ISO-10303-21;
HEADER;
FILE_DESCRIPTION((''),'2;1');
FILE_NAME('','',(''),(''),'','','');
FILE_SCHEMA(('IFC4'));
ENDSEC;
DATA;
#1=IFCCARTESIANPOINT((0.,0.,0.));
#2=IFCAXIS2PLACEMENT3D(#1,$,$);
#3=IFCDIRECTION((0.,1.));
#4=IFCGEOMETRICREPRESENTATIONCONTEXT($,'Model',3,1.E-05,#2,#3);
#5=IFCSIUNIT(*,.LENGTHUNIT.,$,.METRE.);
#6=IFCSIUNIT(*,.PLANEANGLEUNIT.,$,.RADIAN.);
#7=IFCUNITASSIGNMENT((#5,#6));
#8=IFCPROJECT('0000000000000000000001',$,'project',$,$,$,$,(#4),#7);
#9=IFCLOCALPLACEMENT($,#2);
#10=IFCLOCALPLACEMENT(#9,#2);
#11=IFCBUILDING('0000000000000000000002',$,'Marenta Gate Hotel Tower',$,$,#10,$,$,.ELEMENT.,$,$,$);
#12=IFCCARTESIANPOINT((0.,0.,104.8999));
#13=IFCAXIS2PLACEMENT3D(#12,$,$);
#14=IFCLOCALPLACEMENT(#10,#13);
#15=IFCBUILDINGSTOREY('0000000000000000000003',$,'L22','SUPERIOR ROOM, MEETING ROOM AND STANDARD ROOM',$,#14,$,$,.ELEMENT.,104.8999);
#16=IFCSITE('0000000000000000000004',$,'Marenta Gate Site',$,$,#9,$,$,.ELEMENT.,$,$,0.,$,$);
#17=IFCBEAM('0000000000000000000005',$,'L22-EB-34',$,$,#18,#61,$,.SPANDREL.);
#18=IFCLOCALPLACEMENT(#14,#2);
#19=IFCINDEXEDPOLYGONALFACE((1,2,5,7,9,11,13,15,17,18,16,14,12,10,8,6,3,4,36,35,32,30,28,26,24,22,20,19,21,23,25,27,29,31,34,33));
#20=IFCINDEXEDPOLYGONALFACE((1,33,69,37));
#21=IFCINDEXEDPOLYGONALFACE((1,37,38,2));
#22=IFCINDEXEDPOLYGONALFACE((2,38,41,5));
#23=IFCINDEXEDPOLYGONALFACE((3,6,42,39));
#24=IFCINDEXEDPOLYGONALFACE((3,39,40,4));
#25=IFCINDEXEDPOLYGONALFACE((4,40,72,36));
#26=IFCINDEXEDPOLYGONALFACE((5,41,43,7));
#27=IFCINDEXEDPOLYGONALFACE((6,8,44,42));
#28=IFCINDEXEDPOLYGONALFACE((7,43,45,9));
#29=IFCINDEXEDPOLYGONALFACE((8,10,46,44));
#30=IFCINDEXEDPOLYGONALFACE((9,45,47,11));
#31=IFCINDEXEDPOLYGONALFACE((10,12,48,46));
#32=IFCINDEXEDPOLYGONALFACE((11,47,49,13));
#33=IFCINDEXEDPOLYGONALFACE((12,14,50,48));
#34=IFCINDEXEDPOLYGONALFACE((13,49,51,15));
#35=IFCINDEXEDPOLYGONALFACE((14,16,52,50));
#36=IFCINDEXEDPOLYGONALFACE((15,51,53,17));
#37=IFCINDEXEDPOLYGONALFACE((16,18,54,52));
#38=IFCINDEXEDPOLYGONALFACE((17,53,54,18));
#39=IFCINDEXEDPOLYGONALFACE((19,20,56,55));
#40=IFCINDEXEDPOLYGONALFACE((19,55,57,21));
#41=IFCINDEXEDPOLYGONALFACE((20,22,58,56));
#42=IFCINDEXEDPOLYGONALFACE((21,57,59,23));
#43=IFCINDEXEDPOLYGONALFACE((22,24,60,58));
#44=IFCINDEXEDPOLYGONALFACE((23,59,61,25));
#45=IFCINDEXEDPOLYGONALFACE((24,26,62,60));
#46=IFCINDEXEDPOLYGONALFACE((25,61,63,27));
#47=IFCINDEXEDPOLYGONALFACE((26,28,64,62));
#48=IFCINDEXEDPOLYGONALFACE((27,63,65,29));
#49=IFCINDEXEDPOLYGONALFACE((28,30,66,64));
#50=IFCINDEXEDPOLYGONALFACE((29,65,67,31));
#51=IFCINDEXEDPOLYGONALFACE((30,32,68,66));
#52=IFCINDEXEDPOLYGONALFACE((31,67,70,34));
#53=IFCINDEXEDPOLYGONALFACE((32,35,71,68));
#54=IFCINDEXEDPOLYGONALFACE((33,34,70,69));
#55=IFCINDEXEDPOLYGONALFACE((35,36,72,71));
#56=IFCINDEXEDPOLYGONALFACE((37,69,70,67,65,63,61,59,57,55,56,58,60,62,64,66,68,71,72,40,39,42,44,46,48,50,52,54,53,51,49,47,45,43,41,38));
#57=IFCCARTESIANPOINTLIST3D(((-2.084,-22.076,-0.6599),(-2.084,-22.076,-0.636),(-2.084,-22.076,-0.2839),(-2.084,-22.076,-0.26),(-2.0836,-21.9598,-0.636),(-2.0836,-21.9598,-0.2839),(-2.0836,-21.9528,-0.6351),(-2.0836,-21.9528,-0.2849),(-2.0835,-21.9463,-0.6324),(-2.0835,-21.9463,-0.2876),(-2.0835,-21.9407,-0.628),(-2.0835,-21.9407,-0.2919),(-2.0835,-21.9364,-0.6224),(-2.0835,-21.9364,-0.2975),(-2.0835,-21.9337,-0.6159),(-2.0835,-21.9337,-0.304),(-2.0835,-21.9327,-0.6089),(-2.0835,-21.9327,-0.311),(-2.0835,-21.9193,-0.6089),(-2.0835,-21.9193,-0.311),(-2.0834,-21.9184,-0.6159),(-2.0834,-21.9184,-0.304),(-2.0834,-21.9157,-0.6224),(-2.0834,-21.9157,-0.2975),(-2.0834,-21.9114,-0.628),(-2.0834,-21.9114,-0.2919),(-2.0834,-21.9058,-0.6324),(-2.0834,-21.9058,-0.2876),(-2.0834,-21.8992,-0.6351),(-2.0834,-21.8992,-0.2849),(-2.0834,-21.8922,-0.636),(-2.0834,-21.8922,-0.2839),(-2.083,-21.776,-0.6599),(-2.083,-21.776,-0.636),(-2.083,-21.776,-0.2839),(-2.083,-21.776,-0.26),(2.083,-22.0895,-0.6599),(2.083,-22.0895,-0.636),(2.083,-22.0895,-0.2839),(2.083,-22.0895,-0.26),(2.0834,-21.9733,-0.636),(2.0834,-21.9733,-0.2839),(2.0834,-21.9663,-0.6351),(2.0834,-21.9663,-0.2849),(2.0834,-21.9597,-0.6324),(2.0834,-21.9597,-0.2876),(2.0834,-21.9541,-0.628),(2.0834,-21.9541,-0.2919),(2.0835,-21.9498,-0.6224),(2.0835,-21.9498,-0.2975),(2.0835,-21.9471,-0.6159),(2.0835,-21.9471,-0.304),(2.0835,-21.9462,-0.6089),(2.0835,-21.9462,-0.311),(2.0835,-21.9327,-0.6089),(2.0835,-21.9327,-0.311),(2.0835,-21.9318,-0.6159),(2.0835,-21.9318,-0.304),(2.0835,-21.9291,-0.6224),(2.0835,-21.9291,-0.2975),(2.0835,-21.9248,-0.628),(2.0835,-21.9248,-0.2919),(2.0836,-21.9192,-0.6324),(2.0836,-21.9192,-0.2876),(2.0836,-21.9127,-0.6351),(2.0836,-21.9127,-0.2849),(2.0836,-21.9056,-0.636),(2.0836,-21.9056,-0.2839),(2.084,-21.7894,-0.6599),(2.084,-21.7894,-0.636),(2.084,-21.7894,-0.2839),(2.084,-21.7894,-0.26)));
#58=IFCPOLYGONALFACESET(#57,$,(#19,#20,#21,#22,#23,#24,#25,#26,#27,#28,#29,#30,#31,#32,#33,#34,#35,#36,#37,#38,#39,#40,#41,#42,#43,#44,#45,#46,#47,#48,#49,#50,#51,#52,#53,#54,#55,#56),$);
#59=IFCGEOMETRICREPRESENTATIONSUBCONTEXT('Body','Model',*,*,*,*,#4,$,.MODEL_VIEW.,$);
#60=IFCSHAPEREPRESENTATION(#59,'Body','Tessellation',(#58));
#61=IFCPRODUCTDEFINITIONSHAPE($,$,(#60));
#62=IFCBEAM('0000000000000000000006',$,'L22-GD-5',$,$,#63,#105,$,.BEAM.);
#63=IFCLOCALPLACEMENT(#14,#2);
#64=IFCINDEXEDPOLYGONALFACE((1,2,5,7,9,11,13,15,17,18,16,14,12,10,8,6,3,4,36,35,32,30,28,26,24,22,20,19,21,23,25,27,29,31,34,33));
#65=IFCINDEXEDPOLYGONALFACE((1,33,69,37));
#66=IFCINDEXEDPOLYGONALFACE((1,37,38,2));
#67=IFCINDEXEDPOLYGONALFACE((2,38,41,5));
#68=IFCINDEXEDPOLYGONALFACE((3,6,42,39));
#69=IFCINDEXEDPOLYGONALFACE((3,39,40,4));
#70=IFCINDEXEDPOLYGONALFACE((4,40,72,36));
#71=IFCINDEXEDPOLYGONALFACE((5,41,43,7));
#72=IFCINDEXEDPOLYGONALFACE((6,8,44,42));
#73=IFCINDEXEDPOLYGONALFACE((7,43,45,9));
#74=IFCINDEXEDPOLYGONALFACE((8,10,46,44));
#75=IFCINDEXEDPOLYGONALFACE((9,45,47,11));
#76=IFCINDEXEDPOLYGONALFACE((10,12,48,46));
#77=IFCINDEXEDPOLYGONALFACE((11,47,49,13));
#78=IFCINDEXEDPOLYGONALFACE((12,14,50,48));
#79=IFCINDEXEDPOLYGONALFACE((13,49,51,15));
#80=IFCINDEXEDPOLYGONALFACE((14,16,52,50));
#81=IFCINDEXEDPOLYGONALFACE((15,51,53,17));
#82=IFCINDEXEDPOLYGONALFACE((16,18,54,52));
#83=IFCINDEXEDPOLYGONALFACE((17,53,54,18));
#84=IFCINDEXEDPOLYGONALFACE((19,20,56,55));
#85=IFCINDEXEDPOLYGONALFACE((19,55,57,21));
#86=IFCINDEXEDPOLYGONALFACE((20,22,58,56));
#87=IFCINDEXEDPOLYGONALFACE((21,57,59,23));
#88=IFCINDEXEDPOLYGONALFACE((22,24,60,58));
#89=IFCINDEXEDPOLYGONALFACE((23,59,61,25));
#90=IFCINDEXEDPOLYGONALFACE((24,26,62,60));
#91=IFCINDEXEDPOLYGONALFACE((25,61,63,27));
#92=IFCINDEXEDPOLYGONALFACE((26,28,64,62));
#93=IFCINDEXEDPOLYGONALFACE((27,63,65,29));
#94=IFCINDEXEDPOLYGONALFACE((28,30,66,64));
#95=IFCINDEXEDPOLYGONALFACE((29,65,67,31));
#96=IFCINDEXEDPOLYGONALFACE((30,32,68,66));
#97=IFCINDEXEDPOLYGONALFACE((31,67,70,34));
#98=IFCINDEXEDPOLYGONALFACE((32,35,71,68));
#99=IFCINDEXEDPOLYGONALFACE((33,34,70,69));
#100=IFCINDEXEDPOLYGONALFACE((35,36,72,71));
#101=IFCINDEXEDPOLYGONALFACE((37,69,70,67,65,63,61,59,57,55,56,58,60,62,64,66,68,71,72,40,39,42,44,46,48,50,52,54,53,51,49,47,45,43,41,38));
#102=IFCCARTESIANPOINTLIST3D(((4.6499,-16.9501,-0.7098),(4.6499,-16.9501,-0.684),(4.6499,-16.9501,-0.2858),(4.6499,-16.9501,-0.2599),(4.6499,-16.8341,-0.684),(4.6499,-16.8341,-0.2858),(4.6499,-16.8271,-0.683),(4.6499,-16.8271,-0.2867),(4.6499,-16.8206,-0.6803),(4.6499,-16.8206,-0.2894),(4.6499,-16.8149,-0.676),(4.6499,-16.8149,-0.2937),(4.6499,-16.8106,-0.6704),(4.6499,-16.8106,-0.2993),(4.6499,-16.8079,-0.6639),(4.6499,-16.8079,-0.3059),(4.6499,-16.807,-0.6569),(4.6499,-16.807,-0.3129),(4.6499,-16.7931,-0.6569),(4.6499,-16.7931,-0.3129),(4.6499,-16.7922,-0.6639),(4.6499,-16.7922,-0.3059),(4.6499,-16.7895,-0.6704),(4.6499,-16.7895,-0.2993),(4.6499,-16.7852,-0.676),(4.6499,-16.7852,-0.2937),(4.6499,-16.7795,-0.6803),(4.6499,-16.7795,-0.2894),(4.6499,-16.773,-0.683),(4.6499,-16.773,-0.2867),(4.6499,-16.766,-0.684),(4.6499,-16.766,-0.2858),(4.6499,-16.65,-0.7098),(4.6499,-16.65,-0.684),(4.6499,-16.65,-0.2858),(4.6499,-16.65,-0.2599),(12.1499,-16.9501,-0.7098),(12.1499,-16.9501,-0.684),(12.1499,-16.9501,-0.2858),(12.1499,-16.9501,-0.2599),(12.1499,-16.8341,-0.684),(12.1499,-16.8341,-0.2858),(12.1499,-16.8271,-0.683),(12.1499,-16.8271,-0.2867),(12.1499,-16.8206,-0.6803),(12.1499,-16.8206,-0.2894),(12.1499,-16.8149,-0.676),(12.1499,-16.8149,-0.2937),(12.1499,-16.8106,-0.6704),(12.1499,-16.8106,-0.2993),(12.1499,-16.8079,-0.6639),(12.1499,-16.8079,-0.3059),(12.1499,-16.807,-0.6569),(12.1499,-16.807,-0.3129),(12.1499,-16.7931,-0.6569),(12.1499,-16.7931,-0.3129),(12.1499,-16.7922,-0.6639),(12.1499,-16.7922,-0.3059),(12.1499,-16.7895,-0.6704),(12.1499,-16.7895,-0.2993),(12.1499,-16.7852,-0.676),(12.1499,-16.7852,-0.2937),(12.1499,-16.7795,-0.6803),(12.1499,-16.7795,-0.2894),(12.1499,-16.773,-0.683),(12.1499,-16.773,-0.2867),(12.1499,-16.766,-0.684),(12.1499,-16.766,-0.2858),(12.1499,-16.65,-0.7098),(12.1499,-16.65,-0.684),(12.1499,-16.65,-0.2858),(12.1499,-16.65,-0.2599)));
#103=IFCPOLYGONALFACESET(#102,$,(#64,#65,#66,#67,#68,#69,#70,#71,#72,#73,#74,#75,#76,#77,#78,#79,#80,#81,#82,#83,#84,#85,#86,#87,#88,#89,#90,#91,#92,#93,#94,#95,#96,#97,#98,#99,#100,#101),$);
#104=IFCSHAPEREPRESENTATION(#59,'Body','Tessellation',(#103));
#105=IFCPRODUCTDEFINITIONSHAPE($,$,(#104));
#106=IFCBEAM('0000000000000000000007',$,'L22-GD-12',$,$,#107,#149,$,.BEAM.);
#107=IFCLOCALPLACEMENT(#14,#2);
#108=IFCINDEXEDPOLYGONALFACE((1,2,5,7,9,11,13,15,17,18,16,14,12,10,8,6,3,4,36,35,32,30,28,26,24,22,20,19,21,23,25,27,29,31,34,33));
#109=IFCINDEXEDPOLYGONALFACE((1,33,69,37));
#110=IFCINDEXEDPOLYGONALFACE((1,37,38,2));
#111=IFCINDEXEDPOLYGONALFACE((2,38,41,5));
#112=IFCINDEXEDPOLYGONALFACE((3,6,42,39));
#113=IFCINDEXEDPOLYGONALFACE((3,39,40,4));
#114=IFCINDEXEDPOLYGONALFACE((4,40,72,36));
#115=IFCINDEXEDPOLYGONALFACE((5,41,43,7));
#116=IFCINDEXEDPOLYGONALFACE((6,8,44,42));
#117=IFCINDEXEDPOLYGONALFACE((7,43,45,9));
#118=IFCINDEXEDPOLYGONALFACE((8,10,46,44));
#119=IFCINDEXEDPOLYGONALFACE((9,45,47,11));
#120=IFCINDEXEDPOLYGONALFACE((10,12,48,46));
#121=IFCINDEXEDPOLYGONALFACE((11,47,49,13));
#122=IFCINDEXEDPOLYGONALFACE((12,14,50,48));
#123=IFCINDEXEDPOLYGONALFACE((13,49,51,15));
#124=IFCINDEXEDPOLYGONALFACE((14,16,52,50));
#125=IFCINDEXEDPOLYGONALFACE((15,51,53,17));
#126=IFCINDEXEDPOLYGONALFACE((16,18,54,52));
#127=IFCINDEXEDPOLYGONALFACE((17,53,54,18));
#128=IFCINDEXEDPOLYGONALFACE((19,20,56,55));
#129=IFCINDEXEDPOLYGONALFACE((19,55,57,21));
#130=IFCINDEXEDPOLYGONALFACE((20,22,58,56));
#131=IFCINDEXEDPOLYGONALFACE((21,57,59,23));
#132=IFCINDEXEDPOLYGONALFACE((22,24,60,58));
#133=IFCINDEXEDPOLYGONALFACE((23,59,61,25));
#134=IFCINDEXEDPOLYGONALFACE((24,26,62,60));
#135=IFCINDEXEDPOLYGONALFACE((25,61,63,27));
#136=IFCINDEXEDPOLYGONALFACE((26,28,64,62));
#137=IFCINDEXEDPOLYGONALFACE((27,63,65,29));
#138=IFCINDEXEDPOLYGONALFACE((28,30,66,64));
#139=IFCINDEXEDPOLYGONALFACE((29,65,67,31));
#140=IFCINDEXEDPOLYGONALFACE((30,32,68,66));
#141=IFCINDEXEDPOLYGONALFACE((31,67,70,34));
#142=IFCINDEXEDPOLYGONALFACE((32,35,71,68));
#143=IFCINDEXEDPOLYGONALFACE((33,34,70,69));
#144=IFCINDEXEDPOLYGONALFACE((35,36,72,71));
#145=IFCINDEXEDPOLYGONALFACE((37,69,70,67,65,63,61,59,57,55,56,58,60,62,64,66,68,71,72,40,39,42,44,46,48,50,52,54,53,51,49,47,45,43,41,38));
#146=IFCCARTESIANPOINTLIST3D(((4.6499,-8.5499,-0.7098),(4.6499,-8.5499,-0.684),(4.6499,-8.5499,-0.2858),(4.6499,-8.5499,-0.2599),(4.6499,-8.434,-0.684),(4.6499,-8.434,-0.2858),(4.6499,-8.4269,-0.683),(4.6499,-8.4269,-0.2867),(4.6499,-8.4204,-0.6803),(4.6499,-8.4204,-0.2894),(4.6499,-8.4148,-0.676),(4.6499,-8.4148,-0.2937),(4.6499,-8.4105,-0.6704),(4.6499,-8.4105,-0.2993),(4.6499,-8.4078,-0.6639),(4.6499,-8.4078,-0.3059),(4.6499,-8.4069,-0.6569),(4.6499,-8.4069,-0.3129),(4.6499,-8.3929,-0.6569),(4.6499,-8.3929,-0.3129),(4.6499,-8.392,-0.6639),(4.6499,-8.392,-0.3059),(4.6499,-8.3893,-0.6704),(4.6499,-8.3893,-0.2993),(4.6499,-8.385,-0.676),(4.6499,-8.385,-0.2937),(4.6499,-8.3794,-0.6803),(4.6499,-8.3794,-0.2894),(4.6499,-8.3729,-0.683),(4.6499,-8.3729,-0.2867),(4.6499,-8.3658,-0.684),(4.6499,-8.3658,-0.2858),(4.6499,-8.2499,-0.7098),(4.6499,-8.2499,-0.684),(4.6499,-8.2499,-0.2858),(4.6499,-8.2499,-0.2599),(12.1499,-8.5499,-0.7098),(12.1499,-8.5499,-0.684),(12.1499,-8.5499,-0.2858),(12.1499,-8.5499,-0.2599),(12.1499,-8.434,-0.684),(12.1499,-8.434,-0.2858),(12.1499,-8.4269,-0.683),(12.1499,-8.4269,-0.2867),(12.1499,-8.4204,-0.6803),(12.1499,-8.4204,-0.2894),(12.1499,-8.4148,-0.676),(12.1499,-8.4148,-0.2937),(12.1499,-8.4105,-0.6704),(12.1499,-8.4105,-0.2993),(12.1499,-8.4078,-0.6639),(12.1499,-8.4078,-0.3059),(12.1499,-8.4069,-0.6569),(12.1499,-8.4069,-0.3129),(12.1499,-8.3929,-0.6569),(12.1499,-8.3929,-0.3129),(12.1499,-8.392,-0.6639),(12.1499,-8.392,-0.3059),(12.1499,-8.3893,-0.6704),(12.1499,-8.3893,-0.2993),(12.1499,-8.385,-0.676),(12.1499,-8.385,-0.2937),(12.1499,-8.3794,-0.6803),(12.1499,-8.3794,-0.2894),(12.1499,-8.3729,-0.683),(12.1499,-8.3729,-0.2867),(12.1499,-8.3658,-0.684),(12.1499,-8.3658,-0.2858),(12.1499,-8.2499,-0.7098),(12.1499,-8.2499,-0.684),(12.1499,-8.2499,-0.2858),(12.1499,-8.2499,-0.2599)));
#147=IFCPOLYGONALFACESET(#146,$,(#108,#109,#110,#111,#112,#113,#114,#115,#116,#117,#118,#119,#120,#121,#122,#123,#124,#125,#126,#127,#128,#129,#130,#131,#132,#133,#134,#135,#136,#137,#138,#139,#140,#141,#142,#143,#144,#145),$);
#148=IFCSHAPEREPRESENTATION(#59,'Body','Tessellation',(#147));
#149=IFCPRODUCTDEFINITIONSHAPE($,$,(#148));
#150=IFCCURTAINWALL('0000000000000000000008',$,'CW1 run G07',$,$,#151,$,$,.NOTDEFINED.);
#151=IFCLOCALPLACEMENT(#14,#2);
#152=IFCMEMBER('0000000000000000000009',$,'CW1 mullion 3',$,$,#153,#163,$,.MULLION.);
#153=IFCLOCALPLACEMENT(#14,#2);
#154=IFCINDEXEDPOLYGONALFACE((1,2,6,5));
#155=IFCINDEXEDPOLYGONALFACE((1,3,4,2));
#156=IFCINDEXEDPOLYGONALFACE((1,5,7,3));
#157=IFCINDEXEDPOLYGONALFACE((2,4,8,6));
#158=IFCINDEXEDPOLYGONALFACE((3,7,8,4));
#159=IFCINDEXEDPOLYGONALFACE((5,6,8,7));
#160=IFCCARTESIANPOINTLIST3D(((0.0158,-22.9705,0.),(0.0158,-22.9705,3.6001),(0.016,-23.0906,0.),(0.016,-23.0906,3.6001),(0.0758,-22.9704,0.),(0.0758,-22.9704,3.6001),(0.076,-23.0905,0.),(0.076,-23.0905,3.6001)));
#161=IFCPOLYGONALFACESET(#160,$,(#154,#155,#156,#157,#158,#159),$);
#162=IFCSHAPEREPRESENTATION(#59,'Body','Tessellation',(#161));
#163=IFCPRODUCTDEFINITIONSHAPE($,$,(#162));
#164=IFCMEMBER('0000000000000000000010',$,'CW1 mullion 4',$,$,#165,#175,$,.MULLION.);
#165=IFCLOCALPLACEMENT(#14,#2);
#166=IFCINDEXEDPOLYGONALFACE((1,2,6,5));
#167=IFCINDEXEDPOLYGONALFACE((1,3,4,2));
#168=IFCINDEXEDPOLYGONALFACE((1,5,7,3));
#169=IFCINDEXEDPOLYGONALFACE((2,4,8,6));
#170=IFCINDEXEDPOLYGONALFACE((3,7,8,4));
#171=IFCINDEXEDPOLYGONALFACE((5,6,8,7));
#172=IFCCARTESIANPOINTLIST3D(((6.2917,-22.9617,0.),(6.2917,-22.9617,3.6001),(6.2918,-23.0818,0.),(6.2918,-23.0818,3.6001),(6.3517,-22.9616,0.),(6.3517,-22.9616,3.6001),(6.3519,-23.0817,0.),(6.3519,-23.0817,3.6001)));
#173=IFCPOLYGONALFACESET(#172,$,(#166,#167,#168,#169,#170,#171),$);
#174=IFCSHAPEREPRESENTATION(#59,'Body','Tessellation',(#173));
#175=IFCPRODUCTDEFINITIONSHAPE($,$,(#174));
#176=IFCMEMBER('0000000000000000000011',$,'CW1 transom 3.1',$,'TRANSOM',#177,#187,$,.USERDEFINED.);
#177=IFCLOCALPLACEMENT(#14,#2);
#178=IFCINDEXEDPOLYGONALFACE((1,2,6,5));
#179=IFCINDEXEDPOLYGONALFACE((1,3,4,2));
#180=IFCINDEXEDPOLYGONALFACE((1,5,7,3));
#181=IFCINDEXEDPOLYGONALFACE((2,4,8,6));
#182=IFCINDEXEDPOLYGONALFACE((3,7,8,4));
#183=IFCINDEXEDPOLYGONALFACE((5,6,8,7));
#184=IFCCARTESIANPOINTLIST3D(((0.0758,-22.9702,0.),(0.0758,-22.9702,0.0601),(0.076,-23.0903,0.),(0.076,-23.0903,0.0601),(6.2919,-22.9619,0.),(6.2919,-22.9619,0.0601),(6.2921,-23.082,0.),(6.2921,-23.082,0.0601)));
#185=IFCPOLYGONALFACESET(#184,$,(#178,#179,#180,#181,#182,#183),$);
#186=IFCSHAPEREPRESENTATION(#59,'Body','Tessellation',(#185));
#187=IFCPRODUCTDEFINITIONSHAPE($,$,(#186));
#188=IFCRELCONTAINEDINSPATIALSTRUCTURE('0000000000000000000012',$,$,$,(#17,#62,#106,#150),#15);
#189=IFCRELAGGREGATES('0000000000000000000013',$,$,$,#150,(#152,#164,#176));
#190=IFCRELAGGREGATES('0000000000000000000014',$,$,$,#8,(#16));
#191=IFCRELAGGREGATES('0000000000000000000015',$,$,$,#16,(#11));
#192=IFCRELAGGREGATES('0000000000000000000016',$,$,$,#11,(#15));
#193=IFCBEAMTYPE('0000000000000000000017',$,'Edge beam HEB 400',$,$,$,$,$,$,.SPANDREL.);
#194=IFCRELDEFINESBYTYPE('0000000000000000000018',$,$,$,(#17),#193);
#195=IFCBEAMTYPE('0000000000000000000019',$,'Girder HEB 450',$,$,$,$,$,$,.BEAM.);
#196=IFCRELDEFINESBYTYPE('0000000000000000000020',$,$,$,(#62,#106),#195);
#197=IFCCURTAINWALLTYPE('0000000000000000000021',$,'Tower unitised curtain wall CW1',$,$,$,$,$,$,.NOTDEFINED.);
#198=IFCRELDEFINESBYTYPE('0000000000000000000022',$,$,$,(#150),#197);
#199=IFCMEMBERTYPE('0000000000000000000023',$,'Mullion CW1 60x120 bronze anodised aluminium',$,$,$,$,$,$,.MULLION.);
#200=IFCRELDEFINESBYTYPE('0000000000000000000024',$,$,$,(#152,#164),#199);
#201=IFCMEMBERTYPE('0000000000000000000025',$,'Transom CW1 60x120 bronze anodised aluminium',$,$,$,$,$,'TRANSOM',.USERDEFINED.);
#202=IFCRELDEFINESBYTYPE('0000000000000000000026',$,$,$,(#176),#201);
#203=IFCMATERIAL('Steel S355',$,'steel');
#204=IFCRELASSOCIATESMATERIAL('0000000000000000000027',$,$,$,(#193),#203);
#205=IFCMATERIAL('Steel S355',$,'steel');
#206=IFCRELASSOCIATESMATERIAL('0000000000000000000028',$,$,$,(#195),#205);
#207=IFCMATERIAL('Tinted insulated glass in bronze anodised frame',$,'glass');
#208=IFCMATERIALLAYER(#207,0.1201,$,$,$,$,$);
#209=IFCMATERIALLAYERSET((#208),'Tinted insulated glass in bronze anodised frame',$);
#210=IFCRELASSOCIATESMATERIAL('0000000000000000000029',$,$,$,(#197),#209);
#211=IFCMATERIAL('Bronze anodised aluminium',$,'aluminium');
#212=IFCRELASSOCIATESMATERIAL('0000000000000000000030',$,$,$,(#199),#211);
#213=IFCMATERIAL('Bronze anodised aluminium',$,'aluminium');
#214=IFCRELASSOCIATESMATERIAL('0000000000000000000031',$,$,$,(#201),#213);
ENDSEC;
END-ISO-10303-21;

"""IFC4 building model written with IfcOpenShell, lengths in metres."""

from ifc_helpers import new_model, si_unit, direction, frame, origin, origin_2d, place, context, subcontext, project, spatial, rectangle, i_section, extrude, material, layer, layer_set, material_profile, profile_set, type_object, element, aggregate, save


model = new_model("IFC4")

# Units and contexts
model_context = context("Model", 3, precision=1e-05, world=origin(), true_north=direction((0.0, 1.0)))
body_context = subcontext(model_context, "Body", "Model", "MODEL_VIEW")
ifc_project = project(units=[si_unit("LENGTHUNIT", "METRE"), si_unit("PLANEANGLEUNIT", "RADIAN")], contexts=[model_context])

# Site, building, storey
site_placement = place(None, origin())
site = spatial("IfcSite", under=ifc_project, at=site_placement, Name="Marenta Gate Site", CompositionType="ELEMENT", RefElevation=0.0)
building_placement = place(site_placement, origin())
building = spatial("IfcBuilding", under=site, at=building_placement, Name="Marenta Gate Hotel Tower", CompositionType="ELEMENT")
storey_placement = place(building_placement, frame((0.0, 0.0, 104.8999)))
storey = spatial("IfcBuildingStorey", under=building, at=storey_placement, Name="L22", Description="SUPERIOR ROOM, MEETING ROOM AND STANDARD ROOM", CompositionType="ELEMENT", Elevation=104.8999)

# Beams
ifc_material_1 = material(Name="Steel S355", Category="steel")
ifc_material_profile_1 = material_profile(ifc_material_1, i_section(OverallWidth=0.3, OverallDepth=0.3999, WebThickness=0.0134, FlangeThickness=0.0239, FilletRadius=0.0271, at=origin_2d()), Name="HEB 400")
ifc_profile_set_1 = profile_set([ifc_material_profile_1], Name="Steel S355")
beam_type_1 = type_object("IfcBeamType", Name="Edge beam HEB 400", PredefinedType="SPANDREL", material=ifc_profile_set_1)
beam_1_placement = place(storey_placement, frame((2.0835, -21.9395, -0.46), z_axis=(-0.999995, 0.003222, 0.0), x_axis=(-0.003222, -0.999995, 0.0)))
element("IfcBeam", 1, at=beam_1_placement, inside=storey, type_object=beam_type_1, Name="L22-EB-34", PredefinedType="SPANDREL", context=body_context, shape_type="SweptSolid", body=[
    extrude(i_section(OverallWidth=0.3, OverallDepth=0.3999, WebThickness=0.0134, FlangeThickness=0.0239, FilletRadius=0.0271, at=origin_2d()), origin(), (0.0, 0.0, 1.0), 4.167),
])
ifc_material_2 = material(Name="Steel S355", Category="steel")
ifc_material_profile_2 = material_profile(ifc_material_2, i_section(OverallWidth=0.3, OverallDepth=0.45, WebThickness=0.0139, FlangeThickness=0.0259, FilletRadius=0.0271, at=origin_2d()), Name="HEB 450")
ifc_profile_set_2 = profile_set([ifc_material_profile_2], Name="Steel S355")
beam_type_2 = type_object("IfcBeamType", Name="Girder HEB 450", PredefinedType="BEAM", material=ifc_profile_set_2)
for number, where, z_axis, x_axis, name in (
    (2, (4.6499, -16.8, -0.4849), (1.0, 0.0, 0.0), (0.0, 1.0, 0.0), "L22-GD-5"),
    (3, (4.6499, -8.3999, -0.4849), (1.0, 0.0, 0.0), (0.0, 1.0, 0.0), "L22-GD-12"),
):
    element("IfcBeam", number, at=place(storey_placement, frame(where, z_axis=z_axis, x_axis=x_axis)), inside=storey, type_object=beam_type_2, Name=name, PredefinedType="BEAM", context=body_context, shape_type="SweptSolid", body=[
        extrude(i_section(OverallWidth=0.3, OverallDepth=0.45, WebThickness=0.0139, FlangeThickness=0.0259, FilletRadius=0.0271, at=origin_2d()), origin(), (0.0, 0.0, 1.0), 7.5),
    ])

# Curtain wall, members
ifc_material_3 = material(Name="Tinted insulated glass in bronze anodised frame", Category="glass")
ifc_layer_1 = layer(ifc_material_3, 0.1201)
ifc_layer_set_1 = layer_set([ifc_layer_1], Name="Tinted insulated glass in bronze anodised frame")
curtain_wall_type = type_object("IfcCurtainWallType", Name="Tower unitised curtain wall CW1", PredefinedType="NOTDEFINED", material=ifc_layer_set_1)
curtain_wall_placement = place(storey_placement, origin())
curtain_wall = element("IfcCurtainWall", 4, at=curtain_wall_placement, inside=storey, type_object=curtain_wall_type, Name="CW1 run G07", PredefinedType="NOTDEFINED")
ifc_material_4 = material(Name="Bronze anodised aluminium", Category="aluminium")
ifc_material_profile_3 = material_profile(ifc_material_4, rectangle(XDim=0.1201, YDim=0.0601, at=origin_2d()), Name="Mullion CW1 60x120 bronze anodised aluminium")
ifc_profile_set_3 = profile_set([ifc_material_profile_3], Name="Bronze anodised aluminium")
member_type_1 = type_object("IfcMemberType", Name="Mullion CW1 60x120 bronze anodised aluminium", PredefinedType="MULLION", material=ifc_profile_set_3)
member_1_placement = place(storey_placement, frame((0.0459, -23.0305, 0.0), z_axis=(0.0, 0.0, 1.0), x_axis=(-0.001362, 0.999999, 0.0)))
member_1 = element("IfcMember", 5, at=member_1_placement, type_object=member_type_1, Name="CW1 mullion 3", PredefinedType="MULLION", context=body_context, shape_type="SweptSolid", body=[
    extrude(rectangle(XDim=0.1201, YDim=0.0601, at=origin_2d()), origin(), (0.0, 0.0, 1.0), 3.6001),
])
member_2_placement = place(storey_placement, frame((6.3218, -23.0217, 0.0), z_axis=(0.0, 0.0, 1.0), x_axis=(-0.001362, 0.999999, 0.0)))
member_2 = element("IfcMember", 6, at=member_2_placement, type_object=member_type_1, Name="CW1 mullion 4", PredefinedType="MULLION", context=body_context, shape_type="SweptSolid", body=[
    extrude(rectangle(XDim=0.1201, YDim=0.0601, at=origin_2d()), origin(), (0.0, 0.0, 1.0), 3.6001),
])
ifc_material_5 = material(Name="Bronze anodised aluminium", Category="aluminium")
ifc_material_profile_4 = material_profile(ifc_material_5, rectangle(XDim=0.1201, YDim=0.0601, at=origin_2d()), Name="Transom CW1 60x120 bronze anodised aluminium")
ifc_profile_set_4 = profile_set([ifc_material_profile_4], Name="Bronze anodised aluminium")
member_type_2 = type_object("IfcMemberType", Name="Transom CW1 60x120 bronze anodised aluminium", ElementType="TRANSOM", PredefinedType="USERDEFINED", material=ifc_profile_set_4)
member_3_placement = place(storey_placement, frame((0.0759, -23.0303, 0.03), z_axis=(0.999999, 0.001335, 0.0), x_axis=(-0.001335, 0.999999, 0.0)))
member_3 = element("IfcMember", 7, at=member_3_placement, type_object=member_type_2, Name="CW1 transom 3.1", ObjectType="TRANSOM", PredefinedType="USERDEFINED", context=body_context, shape_type="SweptSolid", body=[
    extrude(rectangle(XDim=0.1201, YDim=0.0601, at=origin_2d()), origin(), (0.0, 0.0, 1.0), 6.2161),
])
aggregate(curtain_wall, [member_1, member_2, member_3])

save(model, "model.ifc")
